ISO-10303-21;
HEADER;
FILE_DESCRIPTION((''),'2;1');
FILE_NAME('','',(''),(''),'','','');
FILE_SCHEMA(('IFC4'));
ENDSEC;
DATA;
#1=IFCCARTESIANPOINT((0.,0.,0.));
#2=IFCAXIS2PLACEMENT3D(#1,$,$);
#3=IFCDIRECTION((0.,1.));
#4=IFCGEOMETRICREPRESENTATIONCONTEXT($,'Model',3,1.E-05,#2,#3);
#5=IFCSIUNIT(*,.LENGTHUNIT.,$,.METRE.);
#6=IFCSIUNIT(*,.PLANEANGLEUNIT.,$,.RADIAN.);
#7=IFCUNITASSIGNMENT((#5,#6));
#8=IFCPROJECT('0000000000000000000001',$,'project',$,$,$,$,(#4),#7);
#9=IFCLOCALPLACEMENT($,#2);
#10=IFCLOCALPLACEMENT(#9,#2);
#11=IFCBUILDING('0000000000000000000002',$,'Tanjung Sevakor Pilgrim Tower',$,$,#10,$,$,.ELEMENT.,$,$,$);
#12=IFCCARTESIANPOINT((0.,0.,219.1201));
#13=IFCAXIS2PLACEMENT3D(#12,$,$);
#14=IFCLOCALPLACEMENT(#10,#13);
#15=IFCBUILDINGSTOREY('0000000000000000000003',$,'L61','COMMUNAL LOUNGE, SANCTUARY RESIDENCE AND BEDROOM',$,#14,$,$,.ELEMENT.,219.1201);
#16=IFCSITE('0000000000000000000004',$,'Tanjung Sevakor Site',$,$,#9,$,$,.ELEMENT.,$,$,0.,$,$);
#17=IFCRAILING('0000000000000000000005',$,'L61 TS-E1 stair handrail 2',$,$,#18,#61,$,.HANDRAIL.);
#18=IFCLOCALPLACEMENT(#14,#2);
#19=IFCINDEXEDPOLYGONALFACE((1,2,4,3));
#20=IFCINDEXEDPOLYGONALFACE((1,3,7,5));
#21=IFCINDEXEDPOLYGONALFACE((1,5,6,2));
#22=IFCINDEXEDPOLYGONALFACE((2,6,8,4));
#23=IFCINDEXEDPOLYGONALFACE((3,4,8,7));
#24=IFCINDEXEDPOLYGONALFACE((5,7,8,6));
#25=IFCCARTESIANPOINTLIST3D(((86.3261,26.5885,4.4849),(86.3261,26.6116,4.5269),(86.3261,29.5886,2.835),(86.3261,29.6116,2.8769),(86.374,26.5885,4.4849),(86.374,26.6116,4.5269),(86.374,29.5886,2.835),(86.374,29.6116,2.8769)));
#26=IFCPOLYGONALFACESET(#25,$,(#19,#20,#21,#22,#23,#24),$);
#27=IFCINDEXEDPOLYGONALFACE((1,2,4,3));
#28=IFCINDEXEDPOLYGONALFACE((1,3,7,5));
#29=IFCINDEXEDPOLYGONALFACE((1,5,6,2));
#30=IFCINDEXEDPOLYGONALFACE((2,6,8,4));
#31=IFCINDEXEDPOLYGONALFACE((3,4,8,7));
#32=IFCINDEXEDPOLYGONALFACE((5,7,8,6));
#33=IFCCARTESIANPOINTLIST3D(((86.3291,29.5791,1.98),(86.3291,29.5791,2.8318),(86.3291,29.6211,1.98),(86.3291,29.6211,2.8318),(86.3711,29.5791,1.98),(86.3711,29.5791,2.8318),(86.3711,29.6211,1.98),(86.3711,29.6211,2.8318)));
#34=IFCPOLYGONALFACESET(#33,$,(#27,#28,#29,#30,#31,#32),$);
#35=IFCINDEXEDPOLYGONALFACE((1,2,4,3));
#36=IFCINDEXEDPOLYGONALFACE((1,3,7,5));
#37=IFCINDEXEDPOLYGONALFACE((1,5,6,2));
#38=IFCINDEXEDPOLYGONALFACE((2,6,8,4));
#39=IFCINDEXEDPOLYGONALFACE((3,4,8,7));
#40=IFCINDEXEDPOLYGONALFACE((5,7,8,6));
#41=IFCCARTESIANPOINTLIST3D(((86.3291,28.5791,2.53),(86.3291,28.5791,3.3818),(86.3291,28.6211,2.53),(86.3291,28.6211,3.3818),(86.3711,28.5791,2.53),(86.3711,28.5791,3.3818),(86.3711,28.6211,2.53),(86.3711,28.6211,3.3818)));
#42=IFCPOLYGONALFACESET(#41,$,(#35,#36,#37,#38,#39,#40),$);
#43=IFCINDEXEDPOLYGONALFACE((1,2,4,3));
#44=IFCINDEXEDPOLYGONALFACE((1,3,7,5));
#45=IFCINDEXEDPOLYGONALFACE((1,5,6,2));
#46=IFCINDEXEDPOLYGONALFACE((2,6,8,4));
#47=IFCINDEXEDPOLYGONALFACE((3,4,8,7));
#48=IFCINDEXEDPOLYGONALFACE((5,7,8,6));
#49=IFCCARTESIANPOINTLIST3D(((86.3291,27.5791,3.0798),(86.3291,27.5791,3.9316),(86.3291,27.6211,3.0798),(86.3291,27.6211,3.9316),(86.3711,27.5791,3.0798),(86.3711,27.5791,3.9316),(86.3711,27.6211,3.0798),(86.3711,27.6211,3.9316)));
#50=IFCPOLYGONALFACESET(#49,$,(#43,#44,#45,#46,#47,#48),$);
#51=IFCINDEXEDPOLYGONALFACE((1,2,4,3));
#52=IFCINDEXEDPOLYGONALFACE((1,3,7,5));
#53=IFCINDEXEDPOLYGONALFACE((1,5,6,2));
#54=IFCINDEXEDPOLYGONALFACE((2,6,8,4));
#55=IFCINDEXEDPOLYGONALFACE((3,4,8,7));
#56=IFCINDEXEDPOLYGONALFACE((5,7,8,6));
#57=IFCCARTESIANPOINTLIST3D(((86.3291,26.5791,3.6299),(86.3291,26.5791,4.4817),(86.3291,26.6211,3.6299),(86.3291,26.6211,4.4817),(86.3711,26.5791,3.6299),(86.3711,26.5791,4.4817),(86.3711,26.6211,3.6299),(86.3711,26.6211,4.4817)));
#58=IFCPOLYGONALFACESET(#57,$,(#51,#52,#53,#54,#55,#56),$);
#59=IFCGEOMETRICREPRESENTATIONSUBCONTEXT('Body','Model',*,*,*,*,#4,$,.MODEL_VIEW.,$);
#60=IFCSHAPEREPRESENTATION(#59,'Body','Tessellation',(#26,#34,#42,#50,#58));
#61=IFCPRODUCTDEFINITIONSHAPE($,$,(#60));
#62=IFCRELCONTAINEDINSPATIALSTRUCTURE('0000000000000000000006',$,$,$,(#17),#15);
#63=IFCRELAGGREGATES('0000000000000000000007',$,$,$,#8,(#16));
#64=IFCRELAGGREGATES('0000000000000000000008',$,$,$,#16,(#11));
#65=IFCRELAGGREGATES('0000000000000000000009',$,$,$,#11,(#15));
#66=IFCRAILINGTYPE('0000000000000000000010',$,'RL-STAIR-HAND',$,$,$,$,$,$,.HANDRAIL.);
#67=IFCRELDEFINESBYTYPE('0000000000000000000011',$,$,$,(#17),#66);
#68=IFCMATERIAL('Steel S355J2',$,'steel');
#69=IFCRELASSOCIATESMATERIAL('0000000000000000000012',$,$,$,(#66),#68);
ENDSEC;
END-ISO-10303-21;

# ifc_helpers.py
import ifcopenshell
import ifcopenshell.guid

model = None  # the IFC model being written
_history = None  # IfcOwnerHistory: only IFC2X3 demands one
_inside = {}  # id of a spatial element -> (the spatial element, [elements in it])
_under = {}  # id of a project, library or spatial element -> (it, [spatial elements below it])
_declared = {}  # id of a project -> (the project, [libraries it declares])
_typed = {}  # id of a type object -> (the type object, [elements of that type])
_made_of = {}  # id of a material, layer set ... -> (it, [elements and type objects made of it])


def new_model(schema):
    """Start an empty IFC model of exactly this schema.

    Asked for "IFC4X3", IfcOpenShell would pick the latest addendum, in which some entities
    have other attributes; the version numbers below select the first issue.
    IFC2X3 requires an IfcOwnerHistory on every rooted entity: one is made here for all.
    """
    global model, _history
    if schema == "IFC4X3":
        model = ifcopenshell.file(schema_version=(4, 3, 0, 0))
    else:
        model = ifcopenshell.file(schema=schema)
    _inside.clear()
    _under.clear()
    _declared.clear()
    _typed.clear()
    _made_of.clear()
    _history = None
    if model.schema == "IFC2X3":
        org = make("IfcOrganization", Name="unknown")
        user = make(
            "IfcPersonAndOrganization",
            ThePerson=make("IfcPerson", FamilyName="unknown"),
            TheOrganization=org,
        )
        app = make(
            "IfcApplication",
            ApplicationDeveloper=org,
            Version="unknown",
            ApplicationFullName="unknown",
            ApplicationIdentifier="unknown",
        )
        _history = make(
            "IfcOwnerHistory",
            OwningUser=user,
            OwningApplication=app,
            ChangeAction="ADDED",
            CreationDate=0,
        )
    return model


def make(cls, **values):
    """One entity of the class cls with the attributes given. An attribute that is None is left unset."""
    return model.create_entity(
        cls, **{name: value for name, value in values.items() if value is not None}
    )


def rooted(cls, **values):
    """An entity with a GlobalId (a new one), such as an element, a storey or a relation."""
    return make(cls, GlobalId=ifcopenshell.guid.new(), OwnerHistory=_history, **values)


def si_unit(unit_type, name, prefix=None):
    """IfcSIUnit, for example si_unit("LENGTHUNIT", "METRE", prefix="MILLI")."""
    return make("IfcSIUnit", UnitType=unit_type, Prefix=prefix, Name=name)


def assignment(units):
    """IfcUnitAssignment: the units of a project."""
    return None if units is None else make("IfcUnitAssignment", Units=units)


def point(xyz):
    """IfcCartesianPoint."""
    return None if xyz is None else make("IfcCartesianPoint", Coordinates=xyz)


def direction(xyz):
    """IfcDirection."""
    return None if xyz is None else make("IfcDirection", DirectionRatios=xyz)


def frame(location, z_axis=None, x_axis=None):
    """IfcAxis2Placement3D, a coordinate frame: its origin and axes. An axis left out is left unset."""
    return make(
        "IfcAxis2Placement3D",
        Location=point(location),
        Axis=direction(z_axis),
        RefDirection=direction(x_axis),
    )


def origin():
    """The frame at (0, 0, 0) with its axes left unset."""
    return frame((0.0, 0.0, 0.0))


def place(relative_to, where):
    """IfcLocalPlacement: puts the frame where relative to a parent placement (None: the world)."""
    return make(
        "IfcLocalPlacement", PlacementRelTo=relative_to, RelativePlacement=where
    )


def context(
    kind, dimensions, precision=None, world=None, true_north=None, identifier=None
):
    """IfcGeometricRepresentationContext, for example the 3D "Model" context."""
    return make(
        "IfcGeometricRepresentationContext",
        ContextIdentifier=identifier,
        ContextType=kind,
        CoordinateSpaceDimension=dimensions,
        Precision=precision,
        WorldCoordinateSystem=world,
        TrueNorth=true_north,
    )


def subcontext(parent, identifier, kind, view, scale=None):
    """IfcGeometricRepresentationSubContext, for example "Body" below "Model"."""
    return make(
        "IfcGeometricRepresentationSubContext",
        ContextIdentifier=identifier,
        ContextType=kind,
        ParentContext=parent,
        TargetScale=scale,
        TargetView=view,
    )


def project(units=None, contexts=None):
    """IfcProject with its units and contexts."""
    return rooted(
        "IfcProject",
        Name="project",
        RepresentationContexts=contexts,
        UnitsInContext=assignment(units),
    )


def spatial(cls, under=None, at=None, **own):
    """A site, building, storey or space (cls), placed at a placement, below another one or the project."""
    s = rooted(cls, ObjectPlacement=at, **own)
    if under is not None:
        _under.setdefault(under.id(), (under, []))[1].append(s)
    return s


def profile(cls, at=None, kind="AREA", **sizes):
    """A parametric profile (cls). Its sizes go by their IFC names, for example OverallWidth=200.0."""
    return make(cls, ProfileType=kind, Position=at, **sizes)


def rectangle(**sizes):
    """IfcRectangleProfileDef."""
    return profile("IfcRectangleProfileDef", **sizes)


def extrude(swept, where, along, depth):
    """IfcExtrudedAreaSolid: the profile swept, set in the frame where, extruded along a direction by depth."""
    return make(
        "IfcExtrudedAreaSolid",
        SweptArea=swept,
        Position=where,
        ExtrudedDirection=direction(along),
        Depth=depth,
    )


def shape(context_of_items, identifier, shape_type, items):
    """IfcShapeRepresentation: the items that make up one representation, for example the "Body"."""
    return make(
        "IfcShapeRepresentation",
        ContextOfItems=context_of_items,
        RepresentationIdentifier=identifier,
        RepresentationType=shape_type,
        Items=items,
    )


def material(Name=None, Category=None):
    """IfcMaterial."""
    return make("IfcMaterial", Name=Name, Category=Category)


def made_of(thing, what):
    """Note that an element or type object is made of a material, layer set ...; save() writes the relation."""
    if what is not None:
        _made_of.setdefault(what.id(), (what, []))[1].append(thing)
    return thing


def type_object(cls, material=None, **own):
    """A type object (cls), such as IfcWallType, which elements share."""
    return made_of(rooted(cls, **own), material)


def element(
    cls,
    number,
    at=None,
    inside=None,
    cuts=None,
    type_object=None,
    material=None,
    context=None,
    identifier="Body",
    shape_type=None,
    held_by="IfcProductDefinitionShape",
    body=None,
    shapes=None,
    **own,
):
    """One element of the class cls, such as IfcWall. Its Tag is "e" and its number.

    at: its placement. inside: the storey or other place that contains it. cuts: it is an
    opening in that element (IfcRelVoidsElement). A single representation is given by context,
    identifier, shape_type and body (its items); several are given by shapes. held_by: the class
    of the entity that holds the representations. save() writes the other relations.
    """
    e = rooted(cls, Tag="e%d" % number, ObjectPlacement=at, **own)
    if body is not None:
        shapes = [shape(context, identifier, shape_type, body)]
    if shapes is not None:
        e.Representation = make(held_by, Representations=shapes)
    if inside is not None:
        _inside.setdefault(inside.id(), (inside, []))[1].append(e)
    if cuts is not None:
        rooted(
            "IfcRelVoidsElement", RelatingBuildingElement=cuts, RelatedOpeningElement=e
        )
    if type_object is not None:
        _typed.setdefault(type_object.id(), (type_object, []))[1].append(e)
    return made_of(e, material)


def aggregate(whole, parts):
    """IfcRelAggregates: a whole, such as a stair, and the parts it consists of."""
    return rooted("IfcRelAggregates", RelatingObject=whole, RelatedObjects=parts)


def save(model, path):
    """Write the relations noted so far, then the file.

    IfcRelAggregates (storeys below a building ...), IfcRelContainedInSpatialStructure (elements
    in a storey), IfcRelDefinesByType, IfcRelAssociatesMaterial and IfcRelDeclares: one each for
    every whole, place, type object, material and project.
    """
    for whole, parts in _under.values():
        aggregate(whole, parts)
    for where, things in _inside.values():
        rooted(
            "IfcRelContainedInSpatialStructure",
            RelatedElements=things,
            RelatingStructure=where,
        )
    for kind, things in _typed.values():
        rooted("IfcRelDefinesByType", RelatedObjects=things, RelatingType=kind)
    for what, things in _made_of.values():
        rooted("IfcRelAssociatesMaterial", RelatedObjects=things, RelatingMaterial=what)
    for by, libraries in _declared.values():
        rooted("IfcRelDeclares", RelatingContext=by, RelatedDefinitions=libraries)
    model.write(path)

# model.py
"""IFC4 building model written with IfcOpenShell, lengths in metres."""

from ifc_helpers import new_model, si_unit, direction, frame, origin, place, context, subcontext, project, spatial, rectangle, extrude, material, type_object, element, save


model = new_model("IFC4")

# Units and contexts
model_context = context("Model", 3, precision=1e-05, world=origin(), true_north=direction((0.0, 1.0)))
body_context = subcontext(model_context, "Body", "Model", "MODEL_VIEW")
ifc_project = project(units=[si_unit("LENGTHUNIT", "METRE"), si_unit("PLANEANGLEUNIT", "RADIAN")], contexts=[model_context])

# Site, building, storey
site_placement = place(None, origin())
site = spatial("IfcSite", under=ifc_project, at=site_placement, Name="Tanjung Sevakor Site", CompositionType="ELEMENT", RefElevation=0.0)
building_placement = place(site_placement, origin())
building = spatial("IfcBuilding", under=site, at=building_placement, Name="Tanjung Sevakor Pilgrim Tower", CompositionType="ELEMENT")
storey_placement = place(building_placement, frame((0.0, 0.0, 219.1201)))
storey = spatial("IfcBuildingStorey", under=building, at=storey_placement, Name="L61", Description="COMMUNAL LOUNGE, SANCTUARY RESIDENCE AND BEDROOM", CompositionType="ELEMENT", Elevation=219.1201)

# Railing
ifc_material_1 = material(Name="Steel S355J2", Category="steel")
railing_type_1 = type_object("IfcRailingType", Name="RL-STAIR-HAND", PredefinedType="HANDRAIL", material=ifc_material_1)
railing_1_placement = place(storey_placement, frame((86.3501, 29.6001, 1.98)))
element("IfcRailing", 1, at=railing_1_placement, inside=storey, type_object=railing_type_1, Name="L61 TS-E1 stair handrail 2", PredefinedType="HANDRAIL", context=body_context, shape_type="SweptSolid", body=[
    extrude(rectangle(XDim=0.0479, YDim=0.0479), frame((0.0, 0.0, 0.876), z_axis=(0.0, -0.876228, 0.481897), x_axis=(1.0, 0.0, 0.0)), (0.0, 0.0, 1.0), 3.4238),
    extrude(rectangle(XDim=0.042, YDim=0.042), origin(), (0.0, 0.0, 1.0), 0.8518),
    extrude(rectangle(XDim=0.042, YDim=0.042), frame((0.0, -1.0, 0.55)), (0.0, 0.0, 1.0), 0.8518),
    extrude(rectangle(XDim=0.042, YDim=0.042), frame((0.0, -2.0, 1.0999)), (0.0, 0.0, 1.0), 0.8518),
    extrude(rectangle(XDim=0.042, YDim=0.042), frame((0.0, -3.0, 1.6499)), (0.0, 0.0, 1.0), 0.8518),
])

save(model, "model.ifc")
